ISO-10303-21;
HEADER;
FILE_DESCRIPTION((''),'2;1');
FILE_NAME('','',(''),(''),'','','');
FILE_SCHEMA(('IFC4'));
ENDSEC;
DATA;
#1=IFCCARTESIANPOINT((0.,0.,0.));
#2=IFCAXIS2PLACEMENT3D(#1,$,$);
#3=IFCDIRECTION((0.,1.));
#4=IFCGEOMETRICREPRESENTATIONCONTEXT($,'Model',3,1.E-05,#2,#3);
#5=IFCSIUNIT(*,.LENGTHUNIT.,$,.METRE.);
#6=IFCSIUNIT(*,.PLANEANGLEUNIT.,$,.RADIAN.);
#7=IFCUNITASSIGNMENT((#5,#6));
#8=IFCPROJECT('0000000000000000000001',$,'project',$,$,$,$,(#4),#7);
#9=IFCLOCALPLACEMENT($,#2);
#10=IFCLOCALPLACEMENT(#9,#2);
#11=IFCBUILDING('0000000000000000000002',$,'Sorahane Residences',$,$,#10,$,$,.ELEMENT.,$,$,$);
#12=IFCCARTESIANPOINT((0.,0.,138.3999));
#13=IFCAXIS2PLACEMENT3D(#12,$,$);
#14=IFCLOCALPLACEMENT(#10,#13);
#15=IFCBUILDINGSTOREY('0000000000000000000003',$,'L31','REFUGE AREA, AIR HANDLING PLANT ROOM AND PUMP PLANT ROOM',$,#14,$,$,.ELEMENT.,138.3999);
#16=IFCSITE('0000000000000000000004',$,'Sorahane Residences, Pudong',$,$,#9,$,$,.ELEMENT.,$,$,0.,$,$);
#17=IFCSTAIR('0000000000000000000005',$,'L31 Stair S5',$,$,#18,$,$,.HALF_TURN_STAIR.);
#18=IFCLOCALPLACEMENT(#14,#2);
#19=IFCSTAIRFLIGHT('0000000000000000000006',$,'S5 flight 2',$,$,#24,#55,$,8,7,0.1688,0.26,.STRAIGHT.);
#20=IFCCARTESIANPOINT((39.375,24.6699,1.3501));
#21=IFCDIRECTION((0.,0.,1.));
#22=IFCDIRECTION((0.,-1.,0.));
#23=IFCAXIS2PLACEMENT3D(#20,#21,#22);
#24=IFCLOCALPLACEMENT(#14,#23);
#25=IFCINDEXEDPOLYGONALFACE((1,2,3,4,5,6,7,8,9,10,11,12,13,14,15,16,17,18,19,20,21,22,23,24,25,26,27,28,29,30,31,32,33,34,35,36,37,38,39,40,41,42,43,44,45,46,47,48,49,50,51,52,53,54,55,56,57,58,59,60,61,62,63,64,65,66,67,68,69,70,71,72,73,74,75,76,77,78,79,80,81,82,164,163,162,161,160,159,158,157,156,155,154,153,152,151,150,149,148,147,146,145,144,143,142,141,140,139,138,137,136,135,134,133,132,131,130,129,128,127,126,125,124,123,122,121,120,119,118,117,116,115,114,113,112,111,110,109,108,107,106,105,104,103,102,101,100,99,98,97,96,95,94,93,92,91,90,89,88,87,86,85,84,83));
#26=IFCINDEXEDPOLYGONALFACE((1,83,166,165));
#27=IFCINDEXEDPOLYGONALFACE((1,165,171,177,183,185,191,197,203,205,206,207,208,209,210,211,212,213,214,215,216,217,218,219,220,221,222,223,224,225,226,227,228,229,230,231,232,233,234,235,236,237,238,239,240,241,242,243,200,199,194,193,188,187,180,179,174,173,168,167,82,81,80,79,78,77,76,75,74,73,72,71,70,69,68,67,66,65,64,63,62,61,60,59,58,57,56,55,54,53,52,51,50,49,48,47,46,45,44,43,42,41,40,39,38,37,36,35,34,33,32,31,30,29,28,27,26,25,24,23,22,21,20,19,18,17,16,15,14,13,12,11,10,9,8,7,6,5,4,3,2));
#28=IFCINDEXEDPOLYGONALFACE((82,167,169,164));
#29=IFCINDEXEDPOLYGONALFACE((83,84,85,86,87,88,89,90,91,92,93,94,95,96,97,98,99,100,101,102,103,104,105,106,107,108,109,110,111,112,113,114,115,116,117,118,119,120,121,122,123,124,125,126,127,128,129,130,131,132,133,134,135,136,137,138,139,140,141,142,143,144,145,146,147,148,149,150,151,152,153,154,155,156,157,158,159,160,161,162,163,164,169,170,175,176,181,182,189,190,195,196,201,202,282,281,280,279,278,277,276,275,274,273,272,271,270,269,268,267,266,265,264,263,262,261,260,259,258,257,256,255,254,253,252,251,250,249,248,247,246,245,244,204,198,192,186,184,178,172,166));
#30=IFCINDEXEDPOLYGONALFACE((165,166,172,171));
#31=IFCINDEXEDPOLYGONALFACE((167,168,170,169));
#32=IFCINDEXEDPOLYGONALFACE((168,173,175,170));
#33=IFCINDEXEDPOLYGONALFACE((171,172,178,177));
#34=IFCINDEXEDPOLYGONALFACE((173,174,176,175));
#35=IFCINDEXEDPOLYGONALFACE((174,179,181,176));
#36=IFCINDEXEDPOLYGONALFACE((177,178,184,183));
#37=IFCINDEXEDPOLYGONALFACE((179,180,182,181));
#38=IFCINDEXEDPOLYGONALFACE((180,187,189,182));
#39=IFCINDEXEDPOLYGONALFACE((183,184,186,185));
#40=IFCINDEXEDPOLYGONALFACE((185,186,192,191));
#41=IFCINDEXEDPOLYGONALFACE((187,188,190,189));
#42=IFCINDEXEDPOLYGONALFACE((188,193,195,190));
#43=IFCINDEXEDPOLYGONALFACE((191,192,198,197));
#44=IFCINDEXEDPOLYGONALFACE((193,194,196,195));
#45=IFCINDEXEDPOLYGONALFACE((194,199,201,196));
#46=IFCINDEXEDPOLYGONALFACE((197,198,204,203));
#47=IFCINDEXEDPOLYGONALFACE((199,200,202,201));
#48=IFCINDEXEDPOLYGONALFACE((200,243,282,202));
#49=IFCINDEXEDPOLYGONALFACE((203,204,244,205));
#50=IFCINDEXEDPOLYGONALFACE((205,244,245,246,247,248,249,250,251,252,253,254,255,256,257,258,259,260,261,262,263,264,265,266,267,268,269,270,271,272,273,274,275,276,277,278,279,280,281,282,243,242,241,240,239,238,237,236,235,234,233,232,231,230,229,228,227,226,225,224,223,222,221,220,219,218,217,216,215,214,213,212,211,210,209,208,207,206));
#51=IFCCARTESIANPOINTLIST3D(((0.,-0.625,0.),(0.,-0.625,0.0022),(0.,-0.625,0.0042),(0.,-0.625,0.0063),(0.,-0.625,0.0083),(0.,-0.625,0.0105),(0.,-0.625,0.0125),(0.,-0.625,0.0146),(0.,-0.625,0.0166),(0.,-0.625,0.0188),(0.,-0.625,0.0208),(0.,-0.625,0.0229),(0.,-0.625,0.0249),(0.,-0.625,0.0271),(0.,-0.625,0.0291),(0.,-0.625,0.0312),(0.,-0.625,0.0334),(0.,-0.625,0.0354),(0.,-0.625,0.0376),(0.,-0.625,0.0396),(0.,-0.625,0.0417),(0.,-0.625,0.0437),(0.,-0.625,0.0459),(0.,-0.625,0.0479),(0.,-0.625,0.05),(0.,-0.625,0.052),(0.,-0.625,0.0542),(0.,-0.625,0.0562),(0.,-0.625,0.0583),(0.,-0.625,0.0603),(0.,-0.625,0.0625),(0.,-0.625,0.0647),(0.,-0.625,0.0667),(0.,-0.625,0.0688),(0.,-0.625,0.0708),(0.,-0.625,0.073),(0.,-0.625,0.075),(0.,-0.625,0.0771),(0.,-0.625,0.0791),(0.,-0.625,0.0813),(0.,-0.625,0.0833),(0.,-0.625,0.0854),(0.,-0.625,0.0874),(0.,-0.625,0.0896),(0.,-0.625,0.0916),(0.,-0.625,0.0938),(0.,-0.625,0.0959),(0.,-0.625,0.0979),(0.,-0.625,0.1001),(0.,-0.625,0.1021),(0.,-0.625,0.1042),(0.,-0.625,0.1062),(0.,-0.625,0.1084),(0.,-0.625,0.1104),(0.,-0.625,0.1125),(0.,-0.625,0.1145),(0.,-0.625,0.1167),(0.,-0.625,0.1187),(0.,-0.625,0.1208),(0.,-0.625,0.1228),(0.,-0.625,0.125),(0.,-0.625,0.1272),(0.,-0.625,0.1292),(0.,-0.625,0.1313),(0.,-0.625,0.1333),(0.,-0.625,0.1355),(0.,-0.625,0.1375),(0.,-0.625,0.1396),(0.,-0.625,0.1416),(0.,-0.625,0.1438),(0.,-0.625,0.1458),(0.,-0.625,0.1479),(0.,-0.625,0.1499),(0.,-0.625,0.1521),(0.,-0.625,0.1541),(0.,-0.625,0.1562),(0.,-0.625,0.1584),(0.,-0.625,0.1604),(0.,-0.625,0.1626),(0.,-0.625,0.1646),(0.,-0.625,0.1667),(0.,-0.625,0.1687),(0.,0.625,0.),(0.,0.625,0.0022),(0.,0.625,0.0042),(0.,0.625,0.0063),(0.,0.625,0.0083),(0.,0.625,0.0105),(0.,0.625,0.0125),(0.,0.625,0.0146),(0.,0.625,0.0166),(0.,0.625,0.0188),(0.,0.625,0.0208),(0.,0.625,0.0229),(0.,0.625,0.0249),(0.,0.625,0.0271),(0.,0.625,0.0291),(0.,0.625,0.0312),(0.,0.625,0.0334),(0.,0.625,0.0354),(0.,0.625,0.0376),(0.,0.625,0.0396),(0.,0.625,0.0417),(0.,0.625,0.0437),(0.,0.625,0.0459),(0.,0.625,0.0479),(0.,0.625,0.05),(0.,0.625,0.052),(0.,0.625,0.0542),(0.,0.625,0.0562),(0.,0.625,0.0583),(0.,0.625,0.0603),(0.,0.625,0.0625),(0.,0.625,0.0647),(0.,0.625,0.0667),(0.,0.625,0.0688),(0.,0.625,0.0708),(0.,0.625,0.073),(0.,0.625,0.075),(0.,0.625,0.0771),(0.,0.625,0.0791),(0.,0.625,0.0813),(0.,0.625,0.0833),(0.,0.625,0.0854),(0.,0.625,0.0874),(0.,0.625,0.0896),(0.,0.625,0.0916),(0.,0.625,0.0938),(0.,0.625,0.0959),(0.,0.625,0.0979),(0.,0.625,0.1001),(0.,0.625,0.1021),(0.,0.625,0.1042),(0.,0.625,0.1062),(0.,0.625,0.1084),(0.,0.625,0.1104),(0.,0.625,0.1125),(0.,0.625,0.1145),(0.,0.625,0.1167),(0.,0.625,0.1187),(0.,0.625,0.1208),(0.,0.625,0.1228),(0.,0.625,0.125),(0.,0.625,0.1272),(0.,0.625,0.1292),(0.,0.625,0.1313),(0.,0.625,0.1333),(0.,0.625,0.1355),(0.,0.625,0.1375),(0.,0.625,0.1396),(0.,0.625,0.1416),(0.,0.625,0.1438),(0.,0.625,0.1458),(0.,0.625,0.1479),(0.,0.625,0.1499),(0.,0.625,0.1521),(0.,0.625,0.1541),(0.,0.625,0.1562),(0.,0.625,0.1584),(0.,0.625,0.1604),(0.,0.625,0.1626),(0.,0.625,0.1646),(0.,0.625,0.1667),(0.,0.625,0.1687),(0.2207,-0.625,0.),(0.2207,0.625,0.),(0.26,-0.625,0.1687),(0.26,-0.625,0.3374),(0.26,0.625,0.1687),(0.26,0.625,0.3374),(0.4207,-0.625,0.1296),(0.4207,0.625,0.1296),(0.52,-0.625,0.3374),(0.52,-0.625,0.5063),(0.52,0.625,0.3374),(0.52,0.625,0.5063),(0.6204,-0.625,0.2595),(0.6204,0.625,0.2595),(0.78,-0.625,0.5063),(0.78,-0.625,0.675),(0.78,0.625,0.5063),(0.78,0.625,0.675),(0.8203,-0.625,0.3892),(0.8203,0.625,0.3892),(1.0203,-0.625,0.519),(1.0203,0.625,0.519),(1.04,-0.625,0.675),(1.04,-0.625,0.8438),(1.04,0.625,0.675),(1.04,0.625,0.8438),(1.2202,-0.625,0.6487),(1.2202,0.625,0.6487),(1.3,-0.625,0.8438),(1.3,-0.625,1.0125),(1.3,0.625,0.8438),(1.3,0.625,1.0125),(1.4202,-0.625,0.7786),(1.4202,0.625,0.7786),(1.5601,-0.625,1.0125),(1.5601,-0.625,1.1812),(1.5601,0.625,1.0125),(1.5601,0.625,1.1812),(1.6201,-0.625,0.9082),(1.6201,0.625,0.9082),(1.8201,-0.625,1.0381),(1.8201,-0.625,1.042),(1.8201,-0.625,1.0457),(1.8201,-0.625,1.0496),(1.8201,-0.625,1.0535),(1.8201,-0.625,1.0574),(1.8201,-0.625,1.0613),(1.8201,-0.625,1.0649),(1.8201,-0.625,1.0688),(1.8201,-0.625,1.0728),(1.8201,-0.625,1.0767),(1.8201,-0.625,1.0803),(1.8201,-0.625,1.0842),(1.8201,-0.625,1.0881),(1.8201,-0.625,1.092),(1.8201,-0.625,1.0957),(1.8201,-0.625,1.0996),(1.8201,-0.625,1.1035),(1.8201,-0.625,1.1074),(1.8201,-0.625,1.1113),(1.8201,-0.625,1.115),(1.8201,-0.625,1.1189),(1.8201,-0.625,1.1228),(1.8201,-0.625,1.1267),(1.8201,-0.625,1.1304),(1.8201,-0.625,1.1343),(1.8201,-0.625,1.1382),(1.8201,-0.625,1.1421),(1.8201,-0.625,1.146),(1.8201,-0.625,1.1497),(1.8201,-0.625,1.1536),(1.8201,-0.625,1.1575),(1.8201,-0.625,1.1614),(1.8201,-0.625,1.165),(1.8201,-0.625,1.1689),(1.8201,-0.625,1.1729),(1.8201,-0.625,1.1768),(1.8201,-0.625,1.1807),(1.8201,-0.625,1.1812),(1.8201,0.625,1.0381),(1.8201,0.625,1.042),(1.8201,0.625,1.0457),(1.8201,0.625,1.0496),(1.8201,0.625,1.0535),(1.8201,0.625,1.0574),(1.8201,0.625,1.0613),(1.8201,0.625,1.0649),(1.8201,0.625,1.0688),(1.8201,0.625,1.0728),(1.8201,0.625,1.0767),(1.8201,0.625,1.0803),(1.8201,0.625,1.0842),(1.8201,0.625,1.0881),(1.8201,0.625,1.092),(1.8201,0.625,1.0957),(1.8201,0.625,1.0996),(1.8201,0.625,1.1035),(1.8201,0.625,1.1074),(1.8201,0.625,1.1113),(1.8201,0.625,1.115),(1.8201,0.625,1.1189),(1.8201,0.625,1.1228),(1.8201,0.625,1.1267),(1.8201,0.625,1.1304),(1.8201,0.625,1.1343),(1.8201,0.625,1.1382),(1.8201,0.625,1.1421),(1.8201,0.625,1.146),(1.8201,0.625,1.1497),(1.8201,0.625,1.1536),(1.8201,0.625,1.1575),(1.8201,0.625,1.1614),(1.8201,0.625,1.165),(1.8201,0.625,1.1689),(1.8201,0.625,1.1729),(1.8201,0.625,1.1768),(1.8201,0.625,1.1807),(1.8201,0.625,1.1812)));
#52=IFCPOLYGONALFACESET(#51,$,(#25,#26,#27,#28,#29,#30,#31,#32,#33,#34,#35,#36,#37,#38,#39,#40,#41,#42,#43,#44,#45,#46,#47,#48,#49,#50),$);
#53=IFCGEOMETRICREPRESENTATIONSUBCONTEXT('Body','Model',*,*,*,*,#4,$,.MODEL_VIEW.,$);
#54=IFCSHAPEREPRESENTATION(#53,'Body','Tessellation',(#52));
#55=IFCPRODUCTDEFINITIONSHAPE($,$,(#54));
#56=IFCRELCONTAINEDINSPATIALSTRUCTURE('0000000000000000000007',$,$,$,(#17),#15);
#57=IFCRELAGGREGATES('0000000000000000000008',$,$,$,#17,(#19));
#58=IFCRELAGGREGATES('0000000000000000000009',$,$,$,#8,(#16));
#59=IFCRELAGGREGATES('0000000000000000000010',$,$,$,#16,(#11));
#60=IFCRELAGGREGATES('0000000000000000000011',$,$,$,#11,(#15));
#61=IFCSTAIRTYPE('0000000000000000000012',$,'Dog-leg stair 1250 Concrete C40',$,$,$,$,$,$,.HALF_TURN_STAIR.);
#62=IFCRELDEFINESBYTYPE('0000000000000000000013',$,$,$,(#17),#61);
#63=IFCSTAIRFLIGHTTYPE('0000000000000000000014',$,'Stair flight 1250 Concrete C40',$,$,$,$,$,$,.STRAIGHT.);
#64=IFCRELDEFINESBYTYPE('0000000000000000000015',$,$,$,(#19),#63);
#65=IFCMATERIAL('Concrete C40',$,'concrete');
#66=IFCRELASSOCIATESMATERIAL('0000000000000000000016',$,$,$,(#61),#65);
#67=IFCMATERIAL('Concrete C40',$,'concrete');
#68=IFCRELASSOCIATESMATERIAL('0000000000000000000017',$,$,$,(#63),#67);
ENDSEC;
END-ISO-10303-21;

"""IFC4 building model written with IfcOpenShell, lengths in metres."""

from ifc_helpers import new_model, si_unit, direction, frame, origin, place, context, subcontext, project, spatial, polyline, outline, extrude, material, type_object, element, aggregate, save


model = new_model("IFC4")

# Units and contexts
model_context = context("Model", 3, precision=1e-05, world=origin(), true_north=direction((0.0, 1.0)))
body_context = subcontext(model_context, "Body", "Model", "MODEL_VIEW")
ifc_project = project(units=[si_unit("LENGTHUNIT", "METRE"), si_unit("PLANEANGLEUNIT", "RADIAN")], contexts=[model_context])

# Site, building, storey
site_placement = place(None, origin())
site = spatial("IfcSite", under=ifc_project, at=site_placement, Name="Sorahane Residences, Pudong", CompositionType="ELEMENT", RefElevation=0.0)
building_placement = place(site_placement, origin())
building = spatial("IfcBuilding", under=site, at=building_placement, Name="Sorahane Residences", CompositionType="ELEMENT")
storey_placement = place(building_placement, frame((0.0, 0.0, 138.3999)))
storey = spatial("IfcBuildingStorey", under=building, at=storey_placement, Name="L31", Description="REFUGE AREA, AIR HANDLING PLANT ROOM AND PUMP PLANT ROOM", CompositionType="ELEMENT", Elevation=138.3999)

# Stair, stair flight
ifc_material_1 = material(Name="Concrete C40", Category="concrete")
stair_type = type_object("IfcStairType", Name="Dog-leg stair 1250 Concrete C40", PredefinedType="HALF_TURN_STAIR", material=ifc_material_1)
stair_placement = place(storey_placement, origin())
stair = element("IfcStair", 1, at=stair_placement, inside=storey, type_object=stair_type, Name="L31 Stair S5", PredefinedType="HALF_TURN_STAIR")
ifc_material_2 = material(Name="Concrete C40", Category="concrete")
stair_flight_type = type_object("IfcStairFlightType", Name="Stair flight 1250 Concrete C40", PredefinedType="STRAIGHT", material=ifc_material_2)
stair_flight_1_placement = place(storey_placement, frame((39.375, 24.6699, 1.3501), z_axis=(0.0, 0.0, 1.0), x_axis=(0.0, -1.0, 0.0)))
stair_flight_1 = element("IfcStairFlight", 2, at=stair_flight_1_placement, type_object=stair_flight_type, Name="S5 flight 2", NumberOfRisers=8, NumberOfTreads=7, PredefinedType="STRAIGHT", RiserHeight=0.1688, TreadLength=0.26, context=body_context, shape_type="SweptSolid", body=[
    extrude(outline(polyline([(0.0, 0.0), (0.0, 0.0022), (0.0, 0.0042), (0.0, 0.0063), (0.0, 0.0083), (0.0, 0.0105), (0.0, 0.0125), (0.0, 0.0146), (0.0, 0.0166), (0.0, 0.0188), (0.0, 0.0208), (0.0, 0.0229), (0.0, 0.0249), (0.0, 0.0271), (0.0, 0.0291), (0.0, 0.0312), (0.0, 0.0334), (0.0, 0.0354), (0.0, 0.0376), (0.0, 0.0396), (0.0, 0.0417), (0.0, 0.0437), (0.0, 0.0459), (0.0, 0.0479), (0.0, 0.05), (0.0, 0.052), (0.0, 0.0542), (0.0, 0.0562), (0.0, 0.0583), (0.0, 0.0603), (0.0, 0.0625), (0.0, 0.0647), (0.0, 0.0667), (0.0, 0.0688), (0.0, 0.0708), (0.0, 0.073), (0.0, 0.075), (0.0, 0.0771), (0.0, 0.0791), (0.0, 0.0813), (0.0, 0.0833), (0.0, 0.0854), (0.0, 0.0874), (0.0, 0.0896), (0.0, 0.0916), (0.0, 0.0938), (0.0, 0.0959), (0.0, 0.0979), (0.0, 0.1001), (0.0, 0.1021), (0.0, 0.1042), (0.0, 0.1062), (0.0, 0.1084), (0.0, 0.1104), (0.0, 0.1125), (0.0, 0.1145), (0.0, 0.1167), (0.0, 0.1187), (0.0, 0.1208), (0.0, 0.1228), (0.0, 0.125), (0.0, 0.1272), (0.0, 0.1292), (0.0, 0.1313), (0.0, 0.1333), (0.0, 0.1355), (0.0, 0.1375), (0.0, 0.1396), (0.0, 0.1416), (0.0, 0.1438), (0.0, 0.1458), (0.0, 0.1479), (0.0, 0.1499), (0.0, 0.1521), (0.0, 0.1541), (0.0, 0.1562), (0.0, 0.1584), (0.0, 0.1604), (0.0, 0.1626), (0.0, 0.1646), (0.0, 0.1667), (0.0, 0.1687), (0.26, 0.1687), (0.26, 0.3374), (0.52, 0.3374), (0.52, 0.5063), (0.78, 0.5063), (0.78, 0.675), (1.04, 0.675), (1.04, 0.8438), (1.3, 0.8438), (1.3, 1.0125), (1.5601, 1.0125), (1.5601, 1.1812), (1.8201, 1.1812), (1.8201, 1.3501), (1.8201, 1.3462), (1.8201, 1.3423), (1.8201, 1.3384), (1.8201, 1.3347), (1.8201, 1.3308), (1.8201, 1.3269), (1.8201, 1.323), (1.8201, 1.3191), (1.8201, 1.3154), (1.8201, 1.3115), (1.8201, 1.3076), (1.8201, 1.3037), (1.8201, 1.3), (1.8201, 1.2961), (1.8201, 1.2922), (1.8201, 1.2883), (1.8201, 1.2844), (1.8201, 1.2808), (1.8201, 1.2769), (1.8201, 1.2729), (1.8201, 1.269), (1.8201, 1.2654), (1.8201, 1.2615), (1.8201, 1.2576), (1.8201, 1.2537), (1.8201, 1.2498), (1.8201, 1.2461), (1.8201, 1.2422), (1.8201, 1.2383), (1.8201, 1.2344), (1.8201, 1.2307), (1.8201, 1.2268), (1.8201, 1.2229), (1.8201, 1.219), (1.8201, 1.2151), (1.8201, 1.2114), (1.8201, 1.2075), (1.8201, 1.2036), (1.8201, 1.1997), (1.8201, 1.196), (1.8201, 1.1921), (1.8201, 1.1882), (1.8201, 1.1843), (1.8201, 1.1807), (1.8201, 1.1768), (1.8201, 1.1729), (1.8201, 1.1689), (1.8201, 1.165), (1.8201, 1.1614), (1.8201, 1.1575), (1.8201, 1.1536), (1.8201, 1.1497), (1.8201, 1.146), (1.8201, 1.1421), (1.8201, 1.1382), (1.8201, 1.1343), (1.8201, 1.1304), (1.8201, 1.1267), (1.8201, 1.1228), (1.8201, 1.1189), (1.8201, 1.115), (1.8201, 1.1113), (1.8201, 1.1074), (1.8201, 1.1035), (1.8201, 1.0996), (1.8201, 1.0957), (1.8201, 1.092), (1.8201, 1.0881), (1.8201, 1.0842), (1.8201, 1.0803), (1.8201, 1.0767), (1.8201, 1.0728), (1.8201, 1.0688), (1.8201, 1.0649), (1.8201, 1.0613), (1.8201, 1.0574), (1.8201, 1.0535), (1.8201, 1.0496), (1.8201, 1.0457), (1.8201, 1.042), (1.8201, 1.0381), (1.6201, 0.9082), (1.4202, 0.7786), (1.2202, 0.6487), (1.0203, 0.519), (0.8203, 0.3892), (0.6204, 0.2595), (0.4207, 0.1296), (0.2207, 0.0), (0.0, 0.0)])), frame((0.0, 0.625, 0.0), z_axis=(0.0, -1.0, 0.0), x_axis=(1.0, 0.0, 0.0)), (0.0, 0.0, 1.0), 1.25),
])
aggregate(stair, [stair_flight_1])

save(model, "model.ifc")
